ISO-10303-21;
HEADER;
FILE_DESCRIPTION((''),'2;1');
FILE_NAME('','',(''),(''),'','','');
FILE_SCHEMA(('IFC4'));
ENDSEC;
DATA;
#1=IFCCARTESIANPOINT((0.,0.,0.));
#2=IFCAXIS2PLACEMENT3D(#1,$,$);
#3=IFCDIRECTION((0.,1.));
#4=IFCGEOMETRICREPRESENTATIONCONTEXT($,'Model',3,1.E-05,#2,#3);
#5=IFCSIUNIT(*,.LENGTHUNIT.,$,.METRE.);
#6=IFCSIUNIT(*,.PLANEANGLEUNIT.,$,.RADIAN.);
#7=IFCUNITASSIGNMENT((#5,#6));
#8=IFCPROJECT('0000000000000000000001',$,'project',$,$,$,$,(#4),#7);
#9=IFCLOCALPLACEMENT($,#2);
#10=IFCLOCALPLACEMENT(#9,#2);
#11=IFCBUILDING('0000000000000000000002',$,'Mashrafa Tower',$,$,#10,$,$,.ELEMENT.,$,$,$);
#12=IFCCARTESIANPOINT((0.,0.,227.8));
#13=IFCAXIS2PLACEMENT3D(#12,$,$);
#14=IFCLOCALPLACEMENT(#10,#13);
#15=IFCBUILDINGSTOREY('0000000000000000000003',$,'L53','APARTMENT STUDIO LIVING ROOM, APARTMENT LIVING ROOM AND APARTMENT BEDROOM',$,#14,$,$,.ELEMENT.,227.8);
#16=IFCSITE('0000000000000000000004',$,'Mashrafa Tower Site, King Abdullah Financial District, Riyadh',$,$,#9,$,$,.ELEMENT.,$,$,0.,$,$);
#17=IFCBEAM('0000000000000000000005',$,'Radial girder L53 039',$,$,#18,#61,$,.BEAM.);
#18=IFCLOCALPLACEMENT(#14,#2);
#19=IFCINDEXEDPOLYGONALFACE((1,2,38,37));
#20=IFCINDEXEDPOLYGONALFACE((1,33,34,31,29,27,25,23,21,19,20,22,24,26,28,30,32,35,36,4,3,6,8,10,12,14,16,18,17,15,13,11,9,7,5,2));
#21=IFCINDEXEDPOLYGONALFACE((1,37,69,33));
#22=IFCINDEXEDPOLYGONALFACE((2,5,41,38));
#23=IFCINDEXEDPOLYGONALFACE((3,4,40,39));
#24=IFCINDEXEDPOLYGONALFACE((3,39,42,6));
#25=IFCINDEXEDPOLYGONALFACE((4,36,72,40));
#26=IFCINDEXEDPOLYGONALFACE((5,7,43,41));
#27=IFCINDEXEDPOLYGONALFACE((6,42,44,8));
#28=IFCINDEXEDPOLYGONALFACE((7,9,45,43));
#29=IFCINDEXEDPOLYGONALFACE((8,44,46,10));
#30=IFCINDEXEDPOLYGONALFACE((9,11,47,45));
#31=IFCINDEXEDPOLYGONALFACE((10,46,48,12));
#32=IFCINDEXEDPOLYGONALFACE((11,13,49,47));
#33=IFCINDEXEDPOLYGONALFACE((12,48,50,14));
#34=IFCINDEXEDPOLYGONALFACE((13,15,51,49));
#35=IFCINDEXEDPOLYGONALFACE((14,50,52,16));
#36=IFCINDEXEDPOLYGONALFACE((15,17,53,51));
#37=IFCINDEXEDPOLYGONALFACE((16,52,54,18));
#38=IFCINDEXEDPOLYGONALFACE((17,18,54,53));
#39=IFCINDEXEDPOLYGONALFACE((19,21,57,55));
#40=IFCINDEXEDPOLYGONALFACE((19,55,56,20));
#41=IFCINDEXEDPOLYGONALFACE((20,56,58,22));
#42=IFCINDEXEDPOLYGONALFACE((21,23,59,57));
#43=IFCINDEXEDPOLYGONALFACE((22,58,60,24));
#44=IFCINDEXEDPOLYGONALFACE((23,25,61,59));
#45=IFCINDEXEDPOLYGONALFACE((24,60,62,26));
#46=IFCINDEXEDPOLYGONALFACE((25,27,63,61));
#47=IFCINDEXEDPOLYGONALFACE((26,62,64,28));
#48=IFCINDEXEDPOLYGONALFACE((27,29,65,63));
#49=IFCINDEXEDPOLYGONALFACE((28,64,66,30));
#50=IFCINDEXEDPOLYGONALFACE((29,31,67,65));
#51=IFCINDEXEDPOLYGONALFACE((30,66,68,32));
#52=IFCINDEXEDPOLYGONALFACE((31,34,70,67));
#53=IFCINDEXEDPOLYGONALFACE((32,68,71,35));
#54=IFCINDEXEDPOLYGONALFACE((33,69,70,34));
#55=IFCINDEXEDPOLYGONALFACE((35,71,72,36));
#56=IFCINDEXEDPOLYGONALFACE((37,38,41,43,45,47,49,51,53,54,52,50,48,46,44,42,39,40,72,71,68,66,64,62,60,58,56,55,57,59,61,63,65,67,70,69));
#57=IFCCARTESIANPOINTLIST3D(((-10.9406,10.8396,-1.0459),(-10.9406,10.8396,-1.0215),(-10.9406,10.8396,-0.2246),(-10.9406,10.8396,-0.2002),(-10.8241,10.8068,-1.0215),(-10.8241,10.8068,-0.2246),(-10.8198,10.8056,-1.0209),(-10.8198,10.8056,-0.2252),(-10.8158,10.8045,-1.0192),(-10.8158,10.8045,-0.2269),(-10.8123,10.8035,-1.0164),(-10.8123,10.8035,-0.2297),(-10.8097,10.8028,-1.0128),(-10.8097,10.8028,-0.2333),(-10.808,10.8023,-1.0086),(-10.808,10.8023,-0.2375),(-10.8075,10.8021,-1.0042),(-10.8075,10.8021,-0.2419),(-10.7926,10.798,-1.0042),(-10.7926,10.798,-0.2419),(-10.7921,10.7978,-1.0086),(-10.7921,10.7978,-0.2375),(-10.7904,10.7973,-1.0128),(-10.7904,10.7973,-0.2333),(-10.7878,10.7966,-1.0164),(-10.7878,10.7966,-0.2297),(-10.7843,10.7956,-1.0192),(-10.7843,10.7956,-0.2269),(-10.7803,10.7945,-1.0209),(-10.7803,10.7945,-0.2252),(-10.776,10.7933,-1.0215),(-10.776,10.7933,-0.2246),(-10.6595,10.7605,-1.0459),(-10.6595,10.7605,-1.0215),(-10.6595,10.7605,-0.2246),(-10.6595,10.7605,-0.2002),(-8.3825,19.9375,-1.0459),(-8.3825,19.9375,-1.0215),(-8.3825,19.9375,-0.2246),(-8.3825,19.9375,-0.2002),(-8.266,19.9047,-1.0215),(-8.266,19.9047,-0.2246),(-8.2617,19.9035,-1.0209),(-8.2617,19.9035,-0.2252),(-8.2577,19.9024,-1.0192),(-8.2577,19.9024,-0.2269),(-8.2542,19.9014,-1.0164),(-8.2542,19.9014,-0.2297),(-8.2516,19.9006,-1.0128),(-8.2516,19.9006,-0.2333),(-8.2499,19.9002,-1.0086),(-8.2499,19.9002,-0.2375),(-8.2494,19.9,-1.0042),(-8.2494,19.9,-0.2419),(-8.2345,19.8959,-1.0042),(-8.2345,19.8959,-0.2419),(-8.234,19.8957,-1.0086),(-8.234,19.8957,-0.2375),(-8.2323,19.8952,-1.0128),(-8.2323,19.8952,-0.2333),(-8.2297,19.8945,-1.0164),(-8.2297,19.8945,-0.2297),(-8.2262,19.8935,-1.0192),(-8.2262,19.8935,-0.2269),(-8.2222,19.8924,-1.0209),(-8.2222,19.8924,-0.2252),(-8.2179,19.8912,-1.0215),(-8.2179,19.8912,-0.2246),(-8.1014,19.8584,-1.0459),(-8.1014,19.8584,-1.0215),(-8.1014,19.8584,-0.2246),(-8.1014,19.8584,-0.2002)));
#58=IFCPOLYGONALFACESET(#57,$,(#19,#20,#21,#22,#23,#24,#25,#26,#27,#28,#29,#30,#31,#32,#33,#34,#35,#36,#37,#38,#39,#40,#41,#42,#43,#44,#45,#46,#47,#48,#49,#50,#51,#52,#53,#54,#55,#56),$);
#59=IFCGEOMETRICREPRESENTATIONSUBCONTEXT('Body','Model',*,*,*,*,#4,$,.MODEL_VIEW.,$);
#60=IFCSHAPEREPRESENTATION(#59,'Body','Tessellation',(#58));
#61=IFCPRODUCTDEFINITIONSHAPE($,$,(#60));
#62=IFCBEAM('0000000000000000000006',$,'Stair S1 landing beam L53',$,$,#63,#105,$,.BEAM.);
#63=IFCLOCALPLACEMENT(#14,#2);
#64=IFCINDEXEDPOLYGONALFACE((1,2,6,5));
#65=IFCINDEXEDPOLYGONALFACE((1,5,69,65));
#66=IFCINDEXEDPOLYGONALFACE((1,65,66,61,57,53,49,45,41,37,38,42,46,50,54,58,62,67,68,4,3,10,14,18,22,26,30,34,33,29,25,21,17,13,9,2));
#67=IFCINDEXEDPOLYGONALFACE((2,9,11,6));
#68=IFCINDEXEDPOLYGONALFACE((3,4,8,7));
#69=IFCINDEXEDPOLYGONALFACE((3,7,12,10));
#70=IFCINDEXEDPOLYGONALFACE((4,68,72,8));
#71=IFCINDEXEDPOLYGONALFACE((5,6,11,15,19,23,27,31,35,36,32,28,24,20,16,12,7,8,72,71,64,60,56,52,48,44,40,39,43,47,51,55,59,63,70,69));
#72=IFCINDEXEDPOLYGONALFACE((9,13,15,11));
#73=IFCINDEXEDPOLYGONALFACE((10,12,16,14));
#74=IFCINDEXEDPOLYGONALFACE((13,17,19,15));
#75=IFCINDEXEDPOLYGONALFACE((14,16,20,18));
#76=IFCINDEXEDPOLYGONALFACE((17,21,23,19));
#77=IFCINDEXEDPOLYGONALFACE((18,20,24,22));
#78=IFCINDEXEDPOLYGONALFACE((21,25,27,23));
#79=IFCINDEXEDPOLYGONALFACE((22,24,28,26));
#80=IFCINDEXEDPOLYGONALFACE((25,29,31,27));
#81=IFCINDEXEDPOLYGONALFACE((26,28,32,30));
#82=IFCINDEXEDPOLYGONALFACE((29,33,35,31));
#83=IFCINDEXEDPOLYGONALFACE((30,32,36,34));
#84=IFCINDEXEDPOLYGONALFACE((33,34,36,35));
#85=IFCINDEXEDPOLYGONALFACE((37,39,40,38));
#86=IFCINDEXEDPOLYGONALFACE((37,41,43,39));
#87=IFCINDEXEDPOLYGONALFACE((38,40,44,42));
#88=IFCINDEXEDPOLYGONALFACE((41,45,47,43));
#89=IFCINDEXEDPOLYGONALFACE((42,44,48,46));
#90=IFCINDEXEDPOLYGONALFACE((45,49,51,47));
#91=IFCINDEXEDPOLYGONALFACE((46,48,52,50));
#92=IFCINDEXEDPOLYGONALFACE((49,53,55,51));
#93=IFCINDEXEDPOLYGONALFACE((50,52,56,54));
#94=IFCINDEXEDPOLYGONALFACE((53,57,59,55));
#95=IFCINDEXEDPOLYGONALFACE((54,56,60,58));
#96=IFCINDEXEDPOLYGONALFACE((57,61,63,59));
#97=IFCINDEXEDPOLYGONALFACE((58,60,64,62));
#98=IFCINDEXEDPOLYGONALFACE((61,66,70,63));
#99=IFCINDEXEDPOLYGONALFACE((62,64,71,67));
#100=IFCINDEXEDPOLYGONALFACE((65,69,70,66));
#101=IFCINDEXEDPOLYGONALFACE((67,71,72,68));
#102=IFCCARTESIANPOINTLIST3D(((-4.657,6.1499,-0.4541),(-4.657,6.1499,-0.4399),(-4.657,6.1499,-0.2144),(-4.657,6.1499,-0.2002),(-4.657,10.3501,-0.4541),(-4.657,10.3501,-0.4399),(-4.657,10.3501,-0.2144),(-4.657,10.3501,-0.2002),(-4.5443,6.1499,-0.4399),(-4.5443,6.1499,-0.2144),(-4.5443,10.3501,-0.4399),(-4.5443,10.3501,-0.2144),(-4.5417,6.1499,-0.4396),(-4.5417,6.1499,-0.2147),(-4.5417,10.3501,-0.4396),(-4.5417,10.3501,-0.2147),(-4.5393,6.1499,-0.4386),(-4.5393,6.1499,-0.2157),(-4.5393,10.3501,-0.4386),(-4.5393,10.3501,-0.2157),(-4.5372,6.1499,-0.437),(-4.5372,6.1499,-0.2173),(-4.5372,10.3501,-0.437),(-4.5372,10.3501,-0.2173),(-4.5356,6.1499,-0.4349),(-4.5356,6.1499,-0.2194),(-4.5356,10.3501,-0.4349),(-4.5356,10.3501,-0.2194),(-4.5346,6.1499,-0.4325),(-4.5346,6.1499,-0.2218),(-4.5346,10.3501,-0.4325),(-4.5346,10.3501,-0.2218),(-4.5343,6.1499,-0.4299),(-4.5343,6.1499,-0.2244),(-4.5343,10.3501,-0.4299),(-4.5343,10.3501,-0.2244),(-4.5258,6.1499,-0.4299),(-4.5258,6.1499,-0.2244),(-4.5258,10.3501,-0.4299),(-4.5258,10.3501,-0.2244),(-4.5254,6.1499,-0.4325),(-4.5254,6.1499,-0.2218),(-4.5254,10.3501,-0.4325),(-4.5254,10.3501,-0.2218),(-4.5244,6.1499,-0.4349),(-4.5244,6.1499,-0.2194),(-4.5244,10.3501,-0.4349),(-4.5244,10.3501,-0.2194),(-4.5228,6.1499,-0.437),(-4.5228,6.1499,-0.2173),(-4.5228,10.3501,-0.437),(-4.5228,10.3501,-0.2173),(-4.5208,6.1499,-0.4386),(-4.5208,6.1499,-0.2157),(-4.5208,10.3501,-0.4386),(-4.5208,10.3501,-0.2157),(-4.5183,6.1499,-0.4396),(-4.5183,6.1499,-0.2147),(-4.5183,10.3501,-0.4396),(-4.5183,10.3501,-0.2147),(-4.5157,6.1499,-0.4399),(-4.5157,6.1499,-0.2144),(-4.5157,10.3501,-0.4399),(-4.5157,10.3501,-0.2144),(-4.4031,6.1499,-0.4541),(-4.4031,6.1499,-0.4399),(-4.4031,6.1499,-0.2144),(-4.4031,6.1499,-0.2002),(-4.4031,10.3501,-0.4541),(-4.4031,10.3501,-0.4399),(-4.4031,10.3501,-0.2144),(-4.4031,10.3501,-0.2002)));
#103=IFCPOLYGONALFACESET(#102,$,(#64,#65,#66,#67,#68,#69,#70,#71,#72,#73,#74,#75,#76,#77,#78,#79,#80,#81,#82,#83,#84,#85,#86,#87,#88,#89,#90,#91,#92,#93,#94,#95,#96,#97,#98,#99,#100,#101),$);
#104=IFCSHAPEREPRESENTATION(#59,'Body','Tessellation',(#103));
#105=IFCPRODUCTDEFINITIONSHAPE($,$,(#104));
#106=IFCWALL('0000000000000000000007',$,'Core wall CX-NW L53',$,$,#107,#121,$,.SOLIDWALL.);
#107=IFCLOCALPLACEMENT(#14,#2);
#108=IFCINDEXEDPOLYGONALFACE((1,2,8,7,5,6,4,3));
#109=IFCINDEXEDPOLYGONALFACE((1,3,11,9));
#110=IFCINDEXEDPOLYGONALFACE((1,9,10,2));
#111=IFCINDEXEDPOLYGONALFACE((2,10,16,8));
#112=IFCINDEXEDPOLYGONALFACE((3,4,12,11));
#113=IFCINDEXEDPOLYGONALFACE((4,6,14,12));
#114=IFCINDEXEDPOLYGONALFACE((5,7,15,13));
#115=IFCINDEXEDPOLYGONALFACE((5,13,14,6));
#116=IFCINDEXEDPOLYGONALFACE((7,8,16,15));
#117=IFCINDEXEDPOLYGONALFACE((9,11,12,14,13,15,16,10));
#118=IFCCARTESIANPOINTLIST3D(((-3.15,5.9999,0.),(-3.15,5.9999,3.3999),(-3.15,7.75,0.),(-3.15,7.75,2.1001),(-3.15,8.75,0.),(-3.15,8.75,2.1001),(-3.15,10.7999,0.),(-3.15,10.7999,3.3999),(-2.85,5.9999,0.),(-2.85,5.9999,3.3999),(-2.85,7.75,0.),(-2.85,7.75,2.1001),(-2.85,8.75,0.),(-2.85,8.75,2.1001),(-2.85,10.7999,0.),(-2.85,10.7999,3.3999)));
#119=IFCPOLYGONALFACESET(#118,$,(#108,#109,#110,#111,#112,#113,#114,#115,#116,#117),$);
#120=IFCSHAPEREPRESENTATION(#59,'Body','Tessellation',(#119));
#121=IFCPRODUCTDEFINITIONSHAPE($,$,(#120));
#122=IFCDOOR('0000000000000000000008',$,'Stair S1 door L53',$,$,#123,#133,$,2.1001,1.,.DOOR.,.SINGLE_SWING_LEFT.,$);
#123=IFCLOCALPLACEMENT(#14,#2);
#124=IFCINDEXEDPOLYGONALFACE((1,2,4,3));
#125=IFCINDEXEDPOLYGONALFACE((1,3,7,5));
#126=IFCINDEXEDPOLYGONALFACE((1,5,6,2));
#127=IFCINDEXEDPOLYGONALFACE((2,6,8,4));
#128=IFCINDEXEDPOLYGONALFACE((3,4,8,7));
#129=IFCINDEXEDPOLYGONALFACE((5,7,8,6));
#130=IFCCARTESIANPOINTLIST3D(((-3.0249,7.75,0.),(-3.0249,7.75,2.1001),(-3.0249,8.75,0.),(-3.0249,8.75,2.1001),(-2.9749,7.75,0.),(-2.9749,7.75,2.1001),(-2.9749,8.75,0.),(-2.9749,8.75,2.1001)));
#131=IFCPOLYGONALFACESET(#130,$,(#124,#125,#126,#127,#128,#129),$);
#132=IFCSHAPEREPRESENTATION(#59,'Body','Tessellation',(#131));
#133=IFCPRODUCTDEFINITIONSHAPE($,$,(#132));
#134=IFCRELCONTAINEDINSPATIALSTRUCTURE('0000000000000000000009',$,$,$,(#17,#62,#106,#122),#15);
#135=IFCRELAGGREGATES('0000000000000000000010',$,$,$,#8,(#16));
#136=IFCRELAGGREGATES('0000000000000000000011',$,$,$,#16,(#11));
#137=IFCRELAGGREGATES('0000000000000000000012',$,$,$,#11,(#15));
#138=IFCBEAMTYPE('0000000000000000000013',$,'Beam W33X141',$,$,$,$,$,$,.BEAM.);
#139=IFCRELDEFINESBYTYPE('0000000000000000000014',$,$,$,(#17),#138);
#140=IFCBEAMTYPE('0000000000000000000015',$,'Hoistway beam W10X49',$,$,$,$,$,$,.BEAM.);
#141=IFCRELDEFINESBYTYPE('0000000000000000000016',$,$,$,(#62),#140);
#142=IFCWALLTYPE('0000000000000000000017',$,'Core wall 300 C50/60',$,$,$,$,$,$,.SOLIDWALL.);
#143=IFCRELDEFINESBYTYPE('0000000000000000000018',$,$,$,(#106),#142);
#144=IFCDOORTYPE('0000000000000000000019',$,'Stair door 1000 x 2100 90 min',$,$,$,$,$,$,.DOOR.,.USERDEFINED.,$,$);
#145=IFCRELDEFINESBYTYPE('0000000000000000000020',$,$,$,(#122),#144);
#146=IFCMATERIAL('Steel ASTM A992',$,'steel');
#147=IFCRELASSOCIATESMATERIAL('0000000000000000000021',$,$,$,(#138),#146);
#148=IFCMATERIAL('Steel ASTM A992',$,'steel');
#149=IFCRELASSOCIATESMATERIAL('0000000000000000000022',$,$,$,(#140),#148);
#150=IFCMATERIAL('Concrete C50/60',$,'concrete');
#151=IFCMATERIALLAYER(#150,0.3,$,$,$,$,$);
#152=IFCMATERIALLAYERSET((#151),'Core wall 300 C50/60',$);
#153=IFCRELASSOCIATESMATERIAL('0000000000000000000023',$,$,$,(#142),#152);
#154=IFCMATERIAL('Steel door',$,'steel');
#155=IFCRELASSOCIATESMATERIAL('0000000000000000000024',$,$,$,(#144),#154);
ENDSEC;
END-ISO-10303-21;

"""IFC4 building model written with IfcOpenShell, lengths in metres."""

from ifc_helpers import new_model, si_unit, direction, frame, frame_2d, origin, origin_2d, place, context, subcontext, project, spatial, rectangle, i_section, extrude, material, layer, layer_set, material_profile, profile_set, type_object, element, fill, save


model = new_model("IFC4")

# Units and contexts
model_context = context("Model", 3, precision=1e-05, world=origin(), true_north=direction((0.0, 1.0)))
body_context = subcontext(model_context, "Body", "Model", "MODEL_VIEW")
ifc_project = project(units=[si_unit("LENGTHUNIT", "METRE"), si_unit("PLANEANGLEUNIT", "RADIAN")], contexts=[model_context])

# Site, building, storey
site_placement = place(None, origin())
site = spatial("IfcSite", under=ifc_project, at=site_placement, Name="Mashrafa Tower Site, King Abdullah Financial District, Riyadh", CompositionType="ELEMENT", RefElevation=0.0)
building_placement = place(site_placement, origin())
building = spatial("IfcBuilding", under=site, at=building_placement, Name="Mashrafa Tower", CompositionType="ELEMENT")
storey_placement = place(building_placement, frame((0.0, 0.0, 227.8)))
storey = spatial("IfcBuildingStorey", under=building, at=storey_placement, Name="L53", Description="APARTMENT STUDIO LIVING ROOM, APARTMENT LIVING ROOM AND APARTMENT BEDROOM", CompositionType="ELEMENT", Elevation=227.8)

# Beams
ifc_material_1 = material(Name="Steel ASTM A992", Category="steel")
ifc_material_profile_1 = material_profile(ifc_material_1, i_section(OverallWidth=0.292, OverallDepth=0.8457, WebThickness=0.0154, FlangeThickness=0.0244, FilletRadius=0.0173, at=origin_2d()), Name="W33X141")
ifc_profile_set_1 = profile_set([ifc_material_profile_1], Name="Steel ASTM A992")
beam_type_1 = type_object("IfcBeamType", Name="Beam W33X141", PredefinedType="BEAM", material=ifc_profile_set_1)
for number, where, z_axis, x_axis, name in (
    (1, (-10.8, 10.8, -0.623), (0.270679, 0.96267, 0.0), (-0.96267, 0.270679, 0.0), "Radial girder L53 039"),
):
    element("IfcBeam", number, at=place(storey_placement, frame(where, z_axis=z_axis, x_axis=x_axis)), inside=storey, type_object=beam_type_1, Name=name, PredefinedType="BEAM", context=body_context, shape_type="SweptSolid", body=[
        extrude(i_section(OverallWidth=0.292, OverallDepth=0.8457, WebThickness=0.0154, FlangeThickness=0.0244, FilletRadius=0.0173, at=origin_2d()), origin(), (0.0, 0.0, 1.0), 9.4507),
    ])
ifc_material_2 = material(Name="Steel ASTM A992", Category="steel")
ifc_material_profile_2 = material_profile(ifc_material_2, i_section(OverallWidth=0.2539, OverallDepth=0.2539, WebThickness=0.0085, FlangeThickness=0.0142, FilletRadius=0.01, at=origin_2d()), Name="W10X49")
ifc_profile_set_2 = profile_set([ifc_material_profile_2], Name="Steel ASTM A992")
beam_type_2 = type_object("IfcBeamType", Name="Hoistway beam W10X49", PredefinedType="BEAM", material=ifc_profile_set_2)
beam_1_placement = place(storey_placement, frame((-4.53, 6.1499, -0.3271), z_axis=(0.0, 1.0, 0.0), x_axis=(-1.0, 0.0, 0.0)))
element("IfcBeam", 2, at=beam_1_placement, inside=storey, type_object=beam_type_2, Name="Stair S1 landing beam L53", PredefinedType="BEAM", context=body_context, shape_type="SweptSolid", body=[
    extrude(i_section(OverallWidth=0.2539, OverallDepth=0.2539, WebThickness=0.0085, FlangeThickness=0.0142, FilletRadius=0.01, at=origin_2d()), origin(), (0.0, 0.0, 1.0), 4.2002),
])

# Wall, opening, door
ifc_material_3 = material(Name="Concrete C50/60", Category="concrete")
ifc_layer_1 = layer(ifc_material_3, 0.3)
ifc_layer_set_1 = layer_set([ifc_layer_1], Name="Core wall 300 C50/60")
wall_type_1 = type_object("IfcWallType", Name="Core wall 300 C50/60", PredefinedType="SOLIDWALL", material=ifc_layer_set_1)
wall_1_placement = place(storey_placement, frame((-3.0, 6.0, 0.0), z_axis=(0.0, 0.0, 1.0), x_axis=(0.0, 1.0, 0.0)))
wall_1 = element("IfcWall", 3, at=wall_1_placement, inside=storey, type_object=wall_type_1, Name="Core wall CX-NW L53", PredefinedType="SOLIDWALL", context=body_context, shape_type="SweptSolid", body=[
    extrude(rectangle(XDim=4.8, YDim=0.3, at=frame_2d((2.3999, 0.0))), origin(), (0.0, 0.0, 1.0), 3.3999),
])
opening_1_placement = place(wall_1_placement, frame((1.75, 0.0, 0.0)))
opening_1 = element("IfcOpeningElement", 4, at=opening_1_placement, cuts=wall_1, PredefinedType="OPENING", context=body_context, shape_type="SweptSolid", body=[
    extrude(rectangle(XDim=1.0, YDim=2.1001, at=frame_2d((0.5, 1.05))), frame((0.0, 0.1599, 0.0), z_axis=(0.0, -1.0, 0.0), x_axis=(1.0, 0.0, 0.0)), (0.0, 0.0, 1.0), 0.3201),
])
ifc_material_4 = material(Name="Steel door", Category="steel")
door_type_1 = type_object("IfcDoorType", Name="Stair door 1000 x 2100 90 min", OperationType="USERDEFINED", PredefinedType="DOOR", material=ifc_material_4)
door_1_placement = place(opening_1_placement, origin())
door_1 = element("IfcDoor", 5, at=door_1_placement, inside=storey, type_object=door_type_1, Name="Stair S1 door L53", OperationType="SINGLE_SWING_LEFT", OverallHeight=2.1001, OverallWidth=1.0, PredefinedType="DOOR", context=body_context, shape_type="SweptSolid", body=[
    extrude(rectangle(XDim=1.0, YDim=2.1001, at=frame_2d((0.5, 1.05))), frame((0.0, 0.0249, 0.0), z_axis=(0.0, -1.0, 0.0), x_axis=(1.0, 0.0, 0.0)), (0.0, 0.0, 1.0), 0.05),
])
fill(opening_1, door_1)

save(model, "model.ifc")
